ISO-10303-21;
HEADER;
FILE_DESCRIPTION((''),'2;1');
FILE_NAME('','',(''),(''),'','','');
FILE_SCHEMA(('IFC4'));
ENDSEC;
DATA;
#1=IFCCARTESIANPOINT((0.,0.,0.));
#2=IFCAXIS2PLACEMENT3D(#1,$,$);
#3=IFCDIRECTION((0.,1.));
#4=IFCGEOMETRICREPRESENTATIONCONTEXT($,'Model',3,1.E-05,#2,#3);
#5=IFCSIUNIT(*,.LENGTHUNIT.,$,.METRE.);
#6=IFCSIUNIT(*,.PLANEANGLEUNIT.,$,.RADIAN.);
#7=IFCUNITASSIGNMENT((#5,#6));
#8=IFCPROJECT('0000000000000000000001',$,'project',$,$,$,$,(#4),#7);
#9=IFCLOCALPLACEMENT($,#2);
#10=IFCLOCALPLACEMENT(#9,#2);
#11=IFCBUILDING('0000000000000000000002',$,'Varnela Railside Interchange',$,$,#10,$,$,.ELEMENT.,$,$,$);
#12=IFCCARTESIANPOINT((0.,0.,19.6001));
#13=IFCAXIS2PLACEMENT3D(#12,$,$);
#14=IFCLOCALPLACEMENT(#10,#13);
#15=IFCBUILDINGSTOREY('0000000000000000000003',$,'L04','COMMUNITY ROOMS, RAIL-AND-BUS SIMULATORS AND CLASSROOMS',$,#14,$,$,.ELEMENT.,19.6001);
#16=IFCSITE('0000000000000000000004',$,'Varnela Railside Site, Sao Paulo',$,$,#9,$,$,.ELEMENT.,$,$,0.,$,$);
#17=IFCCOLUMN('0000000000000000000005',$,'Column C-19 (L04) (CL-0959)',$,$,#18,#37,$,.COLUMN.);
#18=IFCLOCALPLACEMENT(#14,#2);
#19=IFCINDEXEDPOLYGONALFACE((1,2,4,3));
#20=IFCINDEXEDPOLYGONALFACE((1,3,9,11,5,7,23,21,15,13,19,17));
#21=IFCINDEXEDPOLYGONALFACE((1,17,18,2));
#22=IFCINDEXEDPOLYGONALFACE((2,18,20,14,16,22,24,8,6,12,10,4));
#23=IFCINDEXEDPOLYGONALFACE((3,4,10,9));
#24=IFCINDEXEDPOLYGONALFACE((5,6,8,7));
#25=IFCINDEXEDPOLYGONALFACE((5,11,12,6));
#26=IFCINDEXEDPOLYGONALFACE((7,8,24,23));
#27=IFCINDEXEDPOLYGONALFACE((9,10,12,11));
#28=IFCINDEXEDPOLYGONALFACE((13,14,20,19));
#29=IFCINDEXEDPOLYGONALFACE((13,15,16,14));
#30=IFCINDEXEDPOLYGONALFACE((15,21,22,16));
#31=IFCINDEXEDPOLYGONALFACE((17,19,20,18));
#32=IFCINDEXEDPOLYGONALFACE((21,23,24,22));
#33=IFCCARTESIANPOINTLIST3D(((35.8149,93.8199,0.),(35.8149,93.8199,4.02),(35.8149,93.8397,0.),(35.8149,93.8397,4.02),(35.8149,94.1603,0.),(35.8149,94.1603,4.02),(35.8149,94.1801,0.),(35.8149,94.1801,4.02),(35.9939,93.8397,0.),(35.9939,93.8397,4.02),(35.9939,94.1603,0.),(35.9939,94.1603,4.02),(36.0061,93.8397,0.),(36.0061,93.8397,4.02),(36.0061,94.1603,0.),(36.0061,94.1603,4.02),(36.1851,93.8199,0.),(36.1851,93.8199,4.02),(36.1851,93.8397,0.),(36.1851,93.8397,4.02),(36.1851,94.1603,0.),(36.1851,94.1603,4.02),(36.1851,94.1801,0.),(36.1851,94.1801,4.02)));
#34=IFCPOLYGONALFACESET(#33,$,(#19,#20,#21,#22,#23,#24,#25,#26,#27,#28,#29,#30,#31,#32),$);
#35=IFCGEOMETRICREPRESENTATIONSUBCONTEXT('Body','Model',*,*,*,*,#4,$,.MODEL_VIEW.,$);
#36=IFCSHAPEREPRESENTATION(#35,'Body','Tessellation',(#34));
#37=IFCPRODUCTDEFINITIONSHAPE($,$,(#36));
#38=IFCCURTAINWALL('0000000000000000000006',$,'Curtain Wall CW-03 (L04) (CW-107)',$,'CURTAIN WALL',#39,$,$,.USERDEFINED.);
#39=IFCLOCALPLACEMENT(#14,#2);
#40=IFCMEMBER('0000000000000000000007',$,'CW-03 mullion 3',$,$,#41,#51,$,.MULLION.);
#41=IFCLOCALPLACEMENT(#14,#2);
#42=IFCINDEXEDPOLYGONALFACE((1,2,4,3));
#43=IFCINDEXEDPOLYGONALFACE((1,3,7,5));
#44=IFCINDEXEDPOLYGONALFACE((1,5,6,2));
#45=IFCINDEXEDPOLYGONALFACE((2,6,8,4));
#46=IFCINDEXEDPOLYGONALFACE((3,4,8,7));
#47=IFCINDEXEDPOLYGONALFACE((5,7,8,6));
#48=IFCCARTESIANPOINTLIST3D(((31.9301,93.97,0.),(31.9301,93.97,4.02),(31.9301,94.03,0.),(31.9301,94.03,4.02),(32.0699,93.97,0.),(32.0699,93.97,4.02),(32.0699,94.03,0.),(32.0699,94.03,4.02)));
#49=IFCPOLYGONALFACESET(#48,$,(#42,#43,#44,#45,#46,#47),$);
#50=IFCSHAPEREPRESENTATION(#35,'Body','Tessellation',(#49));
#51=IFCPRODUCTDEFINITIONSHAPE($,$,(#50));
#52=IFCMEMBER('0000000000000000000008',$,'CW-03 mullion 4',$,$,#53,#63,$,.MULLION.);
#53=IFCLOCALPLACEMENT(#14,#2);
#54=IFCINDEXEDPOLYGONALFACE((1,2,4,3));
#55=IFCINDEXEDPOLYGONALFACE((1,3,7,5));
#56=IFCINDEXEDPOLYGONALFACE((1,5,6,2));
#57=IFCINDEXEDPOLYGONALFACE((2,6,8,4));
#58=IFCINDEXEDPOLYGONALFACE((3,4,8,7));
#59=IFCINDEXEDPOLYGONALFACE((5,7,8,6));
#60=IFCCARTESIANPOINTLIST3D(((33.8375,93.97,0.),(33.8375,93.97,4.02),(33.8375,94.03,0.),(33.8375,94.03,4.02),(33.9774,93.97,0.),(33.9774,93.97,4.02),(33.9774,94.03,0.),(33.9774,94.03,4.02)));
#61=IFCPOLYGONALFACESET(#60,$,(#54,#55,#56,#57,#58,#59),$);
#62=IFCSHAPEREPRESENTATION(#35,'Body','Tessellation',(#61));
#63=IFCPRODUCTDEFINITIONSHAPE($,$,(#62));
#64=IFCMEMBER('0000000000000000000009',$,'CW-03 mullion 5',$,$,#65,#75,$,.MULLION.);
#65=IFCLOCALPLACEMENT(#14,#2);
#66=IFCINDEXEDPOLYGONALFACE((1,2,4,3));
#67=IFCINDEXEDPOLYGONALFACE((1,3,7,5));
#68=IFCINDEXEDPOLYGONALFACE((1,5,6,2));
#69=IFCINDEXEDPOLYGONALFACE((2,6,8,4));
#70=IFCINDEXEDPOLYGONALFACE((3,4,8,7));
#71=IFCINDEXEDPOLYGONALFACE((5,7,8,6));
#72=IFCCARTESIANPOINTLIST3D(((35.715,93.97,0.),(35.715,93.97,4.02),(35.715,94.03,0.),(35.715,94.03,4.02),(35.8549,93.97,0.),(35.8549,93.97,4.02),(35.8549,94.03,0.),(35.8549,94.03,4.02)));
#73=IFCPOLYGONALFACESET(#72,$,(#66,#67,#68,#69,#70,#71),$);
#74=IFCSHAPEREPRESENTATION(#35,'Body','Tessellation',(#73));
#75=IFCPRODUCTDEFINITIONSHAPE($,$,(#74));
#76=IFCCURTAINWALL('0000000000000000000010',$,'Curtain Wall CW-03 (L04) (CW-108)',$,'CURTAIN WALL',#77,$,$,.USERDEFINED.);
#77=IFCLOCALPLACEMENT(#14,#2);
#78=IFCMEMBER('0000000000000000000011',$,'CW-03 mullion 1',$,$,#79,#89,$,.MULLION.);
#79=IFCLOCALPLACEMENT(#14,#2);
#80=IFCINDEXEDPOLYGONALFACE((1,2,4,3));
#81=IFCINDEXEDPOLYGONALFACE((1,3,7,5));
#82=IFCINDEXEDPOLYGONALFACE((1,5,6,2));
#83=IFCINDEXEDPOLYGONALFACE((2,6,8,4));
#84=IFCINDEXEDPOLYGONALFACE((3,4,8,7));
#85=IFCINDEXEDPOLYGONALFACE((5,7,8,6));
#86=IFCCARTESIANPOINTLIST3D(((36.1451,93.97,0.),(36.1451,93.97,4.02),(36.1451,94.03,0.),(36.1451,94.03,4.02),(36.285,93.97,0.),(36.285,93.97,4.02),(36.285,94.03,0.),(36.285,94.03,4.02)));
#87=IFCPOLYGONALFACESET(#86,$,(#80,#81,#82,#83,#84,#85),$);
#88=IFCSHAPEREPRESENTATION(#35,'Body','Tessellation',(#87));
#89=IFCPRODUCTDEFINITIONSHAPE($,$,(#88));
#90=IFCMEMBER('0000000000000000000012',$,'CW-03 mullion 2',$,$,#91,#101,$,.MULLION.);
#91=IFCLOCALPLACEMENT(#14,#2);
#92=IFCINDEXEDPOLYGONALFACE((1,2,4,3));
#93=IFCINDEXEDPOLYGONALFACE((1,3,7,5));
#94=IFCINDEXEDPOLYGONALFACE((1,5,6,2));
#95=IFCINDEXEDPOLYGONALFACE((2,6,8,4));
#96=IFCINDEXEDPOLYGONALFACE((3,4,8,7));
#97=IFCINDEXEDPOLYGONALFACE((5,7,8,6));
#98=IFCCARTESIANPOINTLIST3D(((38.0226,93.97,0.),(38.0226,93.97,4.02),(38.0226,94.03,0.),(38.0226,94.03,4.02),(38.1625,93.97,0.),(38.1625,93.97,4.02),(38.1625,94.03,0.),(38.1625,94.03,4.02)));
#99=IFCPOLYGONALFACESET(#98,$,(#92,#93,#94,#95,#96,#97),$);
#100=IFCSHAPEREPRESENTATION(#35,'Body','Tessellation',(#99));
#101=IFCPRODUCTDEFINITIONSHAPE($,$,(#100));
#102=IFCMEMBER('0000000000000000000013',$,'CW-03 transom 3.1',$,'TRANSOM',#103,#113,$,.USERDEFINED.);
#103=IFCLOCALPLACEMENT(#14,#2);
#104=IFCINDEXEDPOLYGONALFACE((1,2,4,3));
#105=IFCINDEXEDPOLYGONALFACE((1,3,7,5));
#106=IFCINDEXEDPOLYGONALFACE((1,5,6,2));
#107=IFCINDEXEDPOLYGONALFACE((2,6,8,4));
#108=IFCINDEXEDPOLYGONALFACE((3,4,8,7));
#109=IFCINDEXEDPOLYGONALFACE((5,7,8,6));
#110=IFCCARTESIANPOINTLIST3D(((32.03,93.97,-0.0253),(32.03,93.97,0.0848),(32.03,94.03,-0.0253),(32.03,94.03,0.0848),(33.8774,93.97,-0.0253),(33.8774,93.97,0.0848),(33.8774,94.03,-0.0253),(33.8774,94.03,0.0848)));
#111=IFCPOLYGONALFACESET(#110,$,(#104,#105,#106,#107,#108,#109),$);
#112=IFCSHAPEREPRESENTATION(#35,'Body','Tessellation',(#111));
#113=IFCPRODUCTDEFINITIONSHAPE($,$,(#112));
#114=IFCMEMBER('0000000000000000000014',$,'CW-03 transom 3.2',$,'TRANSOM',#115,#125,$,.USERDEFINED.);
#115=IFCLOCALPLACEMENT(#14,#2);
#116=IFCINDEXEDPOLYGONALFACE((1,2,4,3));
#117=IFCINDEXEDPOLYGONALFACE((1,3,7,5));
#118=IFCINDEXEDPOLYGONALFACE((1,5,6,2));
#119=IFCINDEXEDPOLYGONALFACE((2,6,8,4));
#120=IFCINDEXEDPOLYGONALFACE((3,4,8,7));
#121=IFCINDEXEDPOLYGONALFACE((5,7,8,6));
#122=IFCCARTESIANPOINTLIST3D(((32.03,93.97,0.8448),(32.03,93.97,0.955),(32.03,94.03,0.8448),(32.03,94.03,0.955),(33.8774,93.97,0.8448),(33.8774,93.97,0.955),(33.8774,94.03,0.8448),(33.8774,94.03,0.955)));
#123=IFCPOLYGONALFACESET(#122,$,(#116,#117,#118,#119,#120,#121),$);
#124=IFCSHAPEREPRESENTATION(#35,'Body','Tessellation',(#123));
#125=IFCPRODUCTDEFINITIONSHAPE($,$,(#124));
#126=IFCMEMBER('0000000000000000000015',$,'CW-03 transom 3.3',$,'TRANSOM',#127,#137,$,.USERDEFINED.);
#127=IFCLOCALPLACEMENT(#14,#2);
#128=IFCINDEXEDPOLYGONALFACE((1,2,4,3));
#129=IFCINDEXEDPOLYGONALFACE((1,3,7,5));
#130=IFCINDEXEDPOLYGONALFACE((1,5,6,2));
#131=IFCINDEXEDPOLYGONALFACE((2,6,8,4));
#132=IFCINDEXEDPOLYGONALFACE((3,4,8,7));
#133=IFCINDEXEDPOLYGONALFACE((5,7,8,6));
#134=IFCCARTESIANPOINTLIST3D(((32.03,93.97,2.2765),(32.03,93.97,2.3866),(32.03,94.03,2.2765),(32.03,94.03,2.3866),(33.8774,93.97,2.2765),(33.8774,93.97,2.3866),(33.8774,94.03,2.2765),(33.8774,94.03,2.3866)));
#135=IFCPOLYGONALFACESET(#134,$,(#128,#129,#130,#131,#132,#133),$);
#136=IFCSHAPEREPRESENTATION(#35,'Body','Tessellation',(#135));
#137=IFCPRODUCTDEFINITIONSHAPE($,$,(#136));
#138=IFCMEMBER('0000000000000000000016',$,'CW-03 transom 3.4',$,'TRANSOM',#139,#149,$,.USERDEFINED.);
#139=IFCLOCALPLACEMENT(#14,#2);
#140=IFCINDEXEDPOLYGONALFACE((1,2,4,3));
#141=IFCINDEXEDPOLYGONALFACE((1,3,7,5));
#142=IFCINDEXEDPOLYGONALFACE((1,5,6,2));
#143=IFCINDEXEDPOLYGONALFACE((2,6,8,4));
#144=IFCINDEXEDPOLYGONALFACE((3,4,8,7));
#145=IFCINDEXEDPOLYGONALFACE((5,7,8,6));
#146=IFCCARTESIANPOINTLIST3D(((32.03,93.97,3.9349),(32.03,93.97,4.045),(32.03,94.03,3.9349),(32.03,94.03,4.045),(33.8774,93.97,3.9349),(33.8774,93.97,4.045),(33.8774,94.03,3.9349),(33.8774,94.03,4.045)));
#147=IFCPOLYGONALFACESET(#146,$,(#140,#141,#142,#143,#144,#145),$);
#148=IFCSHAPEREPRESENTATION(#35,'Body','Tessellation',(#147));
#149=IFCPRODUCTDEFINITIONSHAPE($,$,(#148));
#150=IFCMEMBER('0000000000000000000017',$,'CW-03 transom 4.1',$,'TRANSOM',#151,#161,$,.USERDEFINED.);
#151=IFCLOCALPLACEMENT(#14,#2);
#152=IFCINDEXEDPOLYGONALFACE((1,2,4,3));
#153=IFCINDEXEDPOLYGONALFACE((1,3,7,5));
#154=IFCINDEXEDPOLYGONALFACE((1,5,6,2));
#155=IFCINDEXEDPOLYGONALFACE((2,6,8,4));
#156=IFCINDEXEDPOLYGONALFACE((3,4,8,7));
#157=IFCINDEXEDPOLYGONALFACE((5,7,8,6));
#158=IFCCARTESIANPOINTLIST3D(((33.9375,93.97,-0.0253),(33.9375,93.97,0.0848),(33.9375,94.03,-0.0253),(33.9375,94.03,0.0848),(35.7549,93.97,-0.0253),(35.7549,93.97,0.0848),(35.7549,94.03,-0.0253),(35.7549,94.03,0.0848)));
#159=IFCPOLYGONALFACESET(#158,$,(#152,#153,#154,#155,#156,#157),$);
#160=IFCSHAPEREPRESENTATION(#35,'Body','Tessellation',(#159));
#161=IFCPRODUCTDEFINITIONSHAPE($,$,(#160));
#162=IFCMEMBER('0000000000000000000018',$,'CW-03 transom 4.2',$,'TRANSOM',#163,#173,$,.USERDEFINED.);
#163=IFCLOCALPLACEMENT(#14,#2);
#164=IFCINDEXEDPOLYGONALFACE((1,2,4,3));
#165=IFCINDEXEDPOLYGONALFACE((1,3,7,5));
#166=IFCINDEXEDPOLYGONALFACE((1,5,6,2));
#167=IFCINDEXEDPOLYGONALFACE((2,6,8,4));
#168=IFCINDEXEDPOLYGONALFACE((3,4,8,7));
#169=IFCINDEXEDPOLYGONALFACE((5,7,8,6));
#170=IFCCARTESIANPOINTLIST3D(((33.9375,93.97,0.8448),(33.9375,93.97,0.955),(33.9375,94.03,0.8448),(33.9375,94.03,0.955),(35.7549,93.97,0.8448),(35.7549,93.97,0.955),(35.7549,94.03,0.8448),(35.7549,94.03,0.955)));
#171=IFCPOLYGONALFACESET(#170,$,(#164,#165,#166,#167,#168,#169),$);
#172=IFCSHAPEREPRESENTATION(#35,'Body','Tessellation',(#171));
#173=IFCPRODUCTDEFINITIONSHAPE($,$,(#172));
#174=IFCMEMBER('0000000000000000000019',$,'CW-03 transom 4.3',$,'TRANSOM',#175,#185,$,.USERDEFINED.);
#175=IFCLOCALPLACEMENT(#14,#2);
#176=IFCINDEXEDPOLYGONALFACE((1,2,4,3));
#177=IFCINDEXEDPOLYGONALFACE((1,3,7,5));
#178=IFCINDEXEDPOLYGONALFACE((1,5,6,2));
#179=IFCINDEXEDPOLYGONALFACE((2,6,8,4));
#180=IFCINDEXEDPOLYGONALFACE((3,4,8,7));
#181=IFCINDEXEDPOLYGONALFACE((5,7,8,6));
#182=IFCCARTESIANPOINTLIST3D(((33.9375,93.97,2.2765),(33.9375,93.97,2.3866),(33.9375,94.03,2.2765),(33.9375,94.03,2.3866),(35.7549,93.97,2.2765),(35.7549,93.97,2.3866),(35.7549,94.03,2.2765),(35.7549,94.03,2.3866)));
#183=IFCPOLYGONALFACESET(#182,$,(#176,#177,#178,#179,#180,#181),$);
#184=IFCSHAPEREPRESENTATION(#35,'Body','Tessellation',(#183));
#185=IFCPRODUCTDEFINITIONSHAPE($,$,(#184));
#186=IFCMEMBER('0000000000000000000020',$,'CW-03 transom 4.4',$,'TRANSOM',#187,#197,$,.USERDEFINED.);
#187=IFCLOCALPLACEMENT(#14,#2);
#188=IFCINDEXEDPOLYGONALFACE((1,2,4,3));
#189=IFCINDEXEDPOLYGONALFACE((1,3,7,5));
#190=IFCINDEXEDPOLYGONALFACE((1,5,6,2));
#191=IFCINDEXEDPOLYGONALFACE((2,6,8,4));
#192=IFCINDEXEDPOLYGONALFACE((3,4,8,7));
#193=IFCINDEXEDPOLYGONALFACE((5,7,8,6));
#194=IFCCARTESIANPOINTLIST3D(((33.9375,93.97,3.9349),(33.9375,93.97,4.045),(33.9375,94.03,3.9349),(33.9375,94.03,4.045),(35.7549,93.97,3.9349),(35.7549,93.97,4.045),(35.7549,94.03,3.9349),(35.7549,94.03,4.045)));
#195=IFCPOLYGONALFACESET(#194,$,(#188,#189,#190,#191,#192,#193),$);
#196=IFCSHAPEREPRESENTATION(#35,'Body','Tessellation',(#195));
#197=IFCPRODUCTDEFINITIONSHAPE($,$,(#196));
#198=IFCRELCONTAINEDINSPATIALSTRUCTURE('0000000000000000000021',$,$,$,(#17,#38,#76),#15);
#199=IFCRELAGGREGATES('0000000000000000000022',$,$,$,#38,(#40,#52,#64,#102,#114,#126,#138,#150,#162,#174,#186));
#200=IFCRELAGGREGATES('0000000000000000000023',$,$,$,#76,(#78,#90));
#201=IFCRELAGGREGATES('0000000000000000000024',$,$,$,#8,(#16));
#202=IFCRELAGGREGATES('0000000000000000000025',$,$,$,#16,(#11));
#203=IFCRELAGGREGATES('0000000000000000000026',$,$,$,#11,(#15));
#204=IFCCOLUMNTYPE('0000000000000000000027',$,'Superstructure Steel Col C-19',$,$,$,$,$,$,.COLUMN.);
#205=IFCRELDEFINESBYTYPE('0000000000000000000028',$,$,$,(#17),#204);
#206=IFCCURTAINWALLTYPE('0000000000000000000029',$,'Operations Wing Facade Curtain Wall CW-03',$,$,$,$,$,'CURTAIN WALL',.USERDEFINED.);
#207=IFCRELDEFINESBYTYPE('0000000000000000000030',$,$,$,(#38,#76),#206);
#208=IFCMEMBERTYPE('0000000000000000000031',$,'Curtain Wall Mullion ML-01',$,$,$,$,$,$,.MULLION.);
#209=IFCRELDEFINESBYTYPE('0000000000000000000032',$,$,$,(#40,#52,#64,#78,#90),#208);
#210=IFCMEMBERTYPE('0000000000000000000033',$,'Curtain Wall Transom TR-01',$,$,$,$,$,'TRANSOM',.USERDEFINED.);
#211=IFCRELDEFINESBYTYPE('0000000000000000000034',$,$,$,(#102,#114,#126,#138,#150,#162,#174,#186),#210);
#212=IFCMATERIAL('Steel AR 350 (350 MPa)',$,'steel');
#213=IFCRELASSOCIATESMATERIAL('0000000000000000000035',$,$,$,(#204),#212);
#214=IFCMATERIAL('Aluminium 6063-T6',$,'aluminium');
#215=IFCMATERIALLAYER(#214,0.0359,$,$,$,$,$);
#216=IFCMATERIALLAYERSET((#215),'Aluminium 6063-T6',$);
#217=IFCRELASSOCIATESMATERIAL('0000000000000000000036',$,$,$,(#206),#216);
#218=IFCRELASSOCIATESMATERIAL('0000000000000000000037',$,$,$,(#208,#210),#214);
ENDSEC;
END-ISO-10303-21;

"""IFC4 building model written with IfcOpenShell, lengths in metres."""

from ifc_helpers import new_model, si_unit, direction, frame, origin, origin_2d, place, context, subcontext, project, spatial, rectangle, i_section, extrude, material, layer, layer_set, material_profile, profile_set, type_object, element, aggregate, save


model = new_model("IFC4")

# Units and contexts
model_context = context("Model", 3, precision=1e-05, world=origin(), true_north=direction((0.0, 1.0)))
body_context = subcontext(model_context, "Body", "Model", "MODEL_VIEW")
ifc_project = project(units=[si_unit("LENGTHUNIT", "METRE"), si_unit("PLANEANGLEUNIT", "RADIAN")], contexts=[model_context])

# Site, building, storey
site_placement = place(None, origin())
site = spatial("IfcSite", under=ifc_project, at=site_placement, Name="Varnela Railside Site, Sao Paulo", CompositionType="ELEMENT", RefElevation=0.0)
building_placement = place(site_placement, origin())
building = spatial("IfcBuilding", under=site, at=building_placement, Name="Varnela Railside Interchange", CompositionType="ELEMENT")
storey_placement = place(building_placement, frame((0.0, 0.0, 19.6001)))
storey = spatial("IfcBuildingStorey", under=building, at=storey_placement, Name="L04", Description="COMMUNITY ROOMS, RAIL-AND-BUS SIMULATORS AND CLASSROOMS", CompositionType="ELEMENT", Elevation=19.6001)

# Column
ifc_material_1 = material(Name="Steel AR 350 (350 MPa)", Category="steel")
ifc_material_profile_1 = material_profile(ifc_material_1, i_section(OverallWidth=0.3701, OverallDepth=0.3601, WebThickness=0.0122, FlangeThickness=0.0198, at=origin_2d()), Name="W360x147")
ifc_profile_set_1 = profile_set([ifc_material_profile_1], Name="Steel AR 350 (350 MPa)")
column_type = type_object("IfcColumnType", Name="Superstructure Steel Col C-19", PredefinedType="COLUMN", material=ifc_profile_set_1)
column_placement = place(storey_placement, frame((36.0, 94.0, 0.0), z_axis=(0.0, 0.0, 1.0), x_axis=(1.0, 0.0, 0.0)))
element("IfcColumn", 1, at=column_placement, inside=storey, type_object=column_type, Name="Column C-19 (L04) (CL-0959)", PredefinedType="COLUMN", context=body_context, shape_type="SweptSolid", body=[
    extrude(i_section(OverallWidth=0.3701, OverallDepth=0.3601, WebThickness=0.0122, FlangeThickness=0.0198, at=origin_2d()), origin(), (0.0, 0.0, 1.0), 4.02),
])

# Curtain walls, members
ifc_material_2 = material(Name="Aluminium 6063-T6", Category="aluminium")
ifc_layer_1 = layer(ifc_material_2, 0.0359)
ifc_layer_set_1 = layer_set([ifc_layer_1], Name="Aluminium 6063-T6")
curtain_wall_type = type_object("IfcCurtainWallType", Name="Operations Wing Facade Curtain Wall CW-03", ElementType="CURTAIN WALL", PredefinedType="USERDEFINED", material=ifc_layer_set_1)
curtain_wall_1_placement = place(storey_placement, origin())
curtain_wall_1 = element("IfcCurtainWall", 2, at=curtain_wall_1_placement, inside=storey, type_object=curtain_wall_type, Name="Curtain Wall CW-03 (L04) (CW-107)", ObjectType="CURTAIN WALL", PredefinedType="USERDEFINED")
ifc_material_profile_2 = material_profile(ifc_material_2, rectangle(XDim=0.0601, YDim=0.1399, at=origin_2d()), Name="ALU 60x140")
ifc_profile_set_2 = profile_set([ifc_material_profile_2], Name="Aluminium 6063-T6")
member_type_1 = type_object("IfcMemberType", Name="Curtain Wall Mullion ML-01", PredefinedType="MULLION", material=ifc_profile_set_2)
member_1_placement = place(storey_placement, frame((32.0, 94.0, 0.0), z_axis=(0.0, 0.0, 1.0), x_axis=(0.0, 1.0, 0.0)))
member_1 = element("IfcMember", 3, at=member_1_placement, type_object=member_type_1, Name="CW-03 mullion 3", PredefinedType="MULLION", context=body_context, shape_type="SweptSolid", body=[
    extrude(rectangle(XDim=0.0601, YDim=0.1399, at=origin_2d()), origin(), (0.0, 0.0, 1.0), 4.02),
])
member_2_placement = place(storey_placement, frame((33.9075, 94.0, 0.0), z_axis=(0.0, 0.0, 1.0), x_axis=(0.0, 1.0, 0.0)))
member_2 = element("IfcMember", 4, at=member_2_placement, type_object=member_type_1, Name="CW-03 mullion 4", PredefinedType="MULLION", context=body_context, shape_type="SweptSolid", body=[
    extrude(rectangle(XDim=0.0601, YDim=0.1399, at=origin_2d()), origin(), (0.0, 0.0, 1.0), 4.02),
])
member_3_placement = place(storey_placement, frame((35.7849, 94.0, 0.0), z_axis=(0.0, 0.0, 1.0), x_axis=(0.0, 1.0, 0.0)))
member_3 = element("IfcMember", 5, at=member_3_placement, type_object=member_type_1, Name="CW-03 mullion 5", PredefinedType="MULLION", context=body_context, shape_type="SweptSolid", body=[
    extrude(rectangle(XDim=0.0601, YDim=0.1399, at=origin_2d()), origin(), (0.0, 0.0, 1.0), 4.02),
])
curtain_wall_2_placement = place(storey_placement, origin())
curtain_wall_2 = element("IfcCurtainWall", 6, at=curtain_wall_2_placement, inside=storey, type_object=curtain_wall_type, Name="Curtain Wall CW-03 (L04) (CW-108)", ObjectType="CURTAIN WALL", PredefinedType="USERDEFINED")
member_4_placement = place(storey_placement, frame((36.2151, 94.0, 0.0), z_axis=(0.0, 0.0, 1.0), x_axis=(0.0, 1.0, 0.0)))
member_4 = element("IfcMember", 7, at=member_4_placement, type_object=member_type_1, Name="CW-03 mullion 1", PredefinedType="MULLION", context=body_context, shape_type="SweptSolid", body=[
    extrude(rectangle(XDim=0.0601, YDim=0.1399, at=origin_2d()), origin(), (0.0, 0.0, 1.0), 4.02),
])
member_5_placement = place(storey_placement, frame((38.0925, 94.0, 0.0), z_axis=(0.0, 0.0, 1.0), x_axis=(0.0, 1.0, 0.0)))
member_5 = element("IfcMember", 8, at=member_5_placement, type_object=member_type_1, Name="CW-03 mullion 2", PredefinedType="MULLION", context=body_context, shape_type="SweptSolid", body=[
    extrude(rectangle(XDim=0.0601, YDim=0.1399, at=origin_2d()), origin(), (0.0, 0.0, 1.0), 4.02),
])

# Members
ifc_material_profile_3 = material_profile(ifc_material_2, rectangle(XDim=0.0601, YDim=0.1101, at=origin_2d()), Name="ALU 60x110")
ifc_profile_set_3 = profile_set([ifc_material_profile_3], Name="Aluminium 6063-T6")
member_type_2 = type_object("IfcMemberType", Name="Curtain Wall Transom TR-01", ElementType="TRANSOM", PredefinedType="USERDEFINED", material=ifc_profile_set_3)
member_6_placement = place(storey_placement, frame((32.03, 94.0, 0.0298), z_axis=(1.0, 0.0, 0.0), x_axis=(0.0, 1.0, 0.0)))
member_6 = element("IfcMember", 9, at=member_6_placement, type_object=member_type_2, Name="CW-03 transom 3.1", ObjectType="TRANSOM", PredefinedType="USERDEFINED", context=body_context, shape_type="SweptSolid", body=[
    extrude(rectangle(XDim=0.0601, YDim=0.1101, at=origin_2d()), origin(), (0.0, 0.0, 1.0), 1.8474),
])
member_7_placement = place(storey_placement, frame((32.03, 94.0, 0.8999), z_axis=(1.0, 0.0, 0.0), x_axis=(0.0, 1.0, 0.0)))
member_7 = element("IfcMember", 10, at=member_7_placement, type_object=member_type_2, Name="CW-03 transom 3.2", ObjectType="TRANSOM", PredefinedType="USERDEFINED", context=body_context, shape_type="SweptSolid", body=[
    extrude(rectangle(XDim=0.0601, YDim=0.1101, at=origin_2d()), origin(), (0.0, 0.0, 1.0), 1.8474),
])
member_8_placement = place(storey_placement, frame((32.03, 94.0, 2.3315), z_axis=(1.0, 0.0, 0.0), x_axis=(0.0, 1.0, 0.0)))
member_8 = element("IfcMember", 11, at=member_8_placement, type_object=member_type_2, Name="CW-03 transom 3.3", ObjectType="TRANSOM", PredefinedType="USERDEFINED", context=body_context, shape_type="SweptSolid", body=[
    extrude(rectangle(XDim=0.0601, YDim=0.1101, at=origin_2d()), origin(), (0.0, 0.0, 1.0), 1.8474),
])
member_9_placement = place(storey_placement, frame((32.03, 94.0, 3.99), z_axis=(1.0, 0.0, 0.0), x_axis=(0.0, 1.0, 0.0)))
member_9 = element("IfcMember", 12, at=member_9_placement, type_object=member_type_2, Name="CW-03 transom 3.4", ObjectType="TRANSOM", PredefinedType="USERDEFINED", context=body_context, shape_type="SweptSolid", body=[
    extrude(rectangle(XDim=0.0601, YDim=0.1101, at=origin_2d()), origin(), (0.0, 0.0, 1.0), 1.8474),
])
member_10_placement = place(storey_placement, frame((33.9375, 94.0, 0.0298), z_axis=(1.0, 0.0, 0.0), x_axis=(0.0, 1.0, 0.0)))
member_10 = element("IfcMember", 13, at=member_10_placement, type_object=member_type_2, Name="CW-03 transom 4.1", ObjectType="TRANSOM", PredefinedType="USERDEFINED", context=body_context, shape_type="SweptSolid", body=[
    extrude(rectangle(XDim=0.0601, YDim=0.1101, at=origin_2d()), origin(), (0.0, 0.0, 1.0), 1.8174),
])
member_11_placement = place(storey_placement, frame((33.9375, 94.0, 0.8999), z_axis=(1.0, 0.0, 0.0), x_axis=(0.0, 1.0, 0.0)))
member_11 = element("IfcMember", 14, at=member_11_placement, type_object=member_type_2, Name="CW-03 transom 4.2", ObjectType="TRANSOM", PredefinedType="USERDEFINED", context=body_context, shape_type="SweptSolid", body=[
    extrude(rectangle(XDim=0.0601, YDim=0.1101, at=origin_2d()), origin(), (0.0, 0.0, 1.0), 1.8174),
])
member_12_placement = place(storey_placement, frame((33.9375, 94.0, 2.3315), z_axis=(1.0, 0.0, 0.0), x_axis=(0.0, 1.0, 0.0)))
member_12 = element("IfcMember", 15, at=member_12_placement, type_object=member_type_2, Name="CW-03 transom 4.3", ObjectType="TRANSOM", PredefinedType="USERDEFINED", context=body_context, shape_type="SweptSolid", body=[
    extrude(rectangle(XDim=0.0601, YDim=0.1101, at=origin_2d()), origin(), (0.0, 0.0, 1.0), 1.8174),
])
member_13_placement = place(storey_placement, frame((33.9375, 94.0, 3.99), z_axis=(1.0, 0.0, 0.0), x_axis=(0.0, 1.0, 0.0)))
member_13 = element("IfcMember", 16, at=member_13_placement, type_object=member_type_2, Name="CW-03 transom 4.4", ObjectType="TRANSOM", PredefinedType="USERDEFINED", context=body_context, shape_type="SweptSolid", body=[
    extrude(rectangle(XDim=0.0601, YDim=0.1101, at=origin_2d()), origin(), (0.0, 0.0, 1.0), 1.8174),
])

aggregate(curtain_wall_1, [member_1, member_2, member_3, member_6, member_7, member_8, member_9, member_10, member_11, member_12, member_13])
aggregate(curtain_wall_2, [member_4, member_5])

save(model, "model.ifc")
